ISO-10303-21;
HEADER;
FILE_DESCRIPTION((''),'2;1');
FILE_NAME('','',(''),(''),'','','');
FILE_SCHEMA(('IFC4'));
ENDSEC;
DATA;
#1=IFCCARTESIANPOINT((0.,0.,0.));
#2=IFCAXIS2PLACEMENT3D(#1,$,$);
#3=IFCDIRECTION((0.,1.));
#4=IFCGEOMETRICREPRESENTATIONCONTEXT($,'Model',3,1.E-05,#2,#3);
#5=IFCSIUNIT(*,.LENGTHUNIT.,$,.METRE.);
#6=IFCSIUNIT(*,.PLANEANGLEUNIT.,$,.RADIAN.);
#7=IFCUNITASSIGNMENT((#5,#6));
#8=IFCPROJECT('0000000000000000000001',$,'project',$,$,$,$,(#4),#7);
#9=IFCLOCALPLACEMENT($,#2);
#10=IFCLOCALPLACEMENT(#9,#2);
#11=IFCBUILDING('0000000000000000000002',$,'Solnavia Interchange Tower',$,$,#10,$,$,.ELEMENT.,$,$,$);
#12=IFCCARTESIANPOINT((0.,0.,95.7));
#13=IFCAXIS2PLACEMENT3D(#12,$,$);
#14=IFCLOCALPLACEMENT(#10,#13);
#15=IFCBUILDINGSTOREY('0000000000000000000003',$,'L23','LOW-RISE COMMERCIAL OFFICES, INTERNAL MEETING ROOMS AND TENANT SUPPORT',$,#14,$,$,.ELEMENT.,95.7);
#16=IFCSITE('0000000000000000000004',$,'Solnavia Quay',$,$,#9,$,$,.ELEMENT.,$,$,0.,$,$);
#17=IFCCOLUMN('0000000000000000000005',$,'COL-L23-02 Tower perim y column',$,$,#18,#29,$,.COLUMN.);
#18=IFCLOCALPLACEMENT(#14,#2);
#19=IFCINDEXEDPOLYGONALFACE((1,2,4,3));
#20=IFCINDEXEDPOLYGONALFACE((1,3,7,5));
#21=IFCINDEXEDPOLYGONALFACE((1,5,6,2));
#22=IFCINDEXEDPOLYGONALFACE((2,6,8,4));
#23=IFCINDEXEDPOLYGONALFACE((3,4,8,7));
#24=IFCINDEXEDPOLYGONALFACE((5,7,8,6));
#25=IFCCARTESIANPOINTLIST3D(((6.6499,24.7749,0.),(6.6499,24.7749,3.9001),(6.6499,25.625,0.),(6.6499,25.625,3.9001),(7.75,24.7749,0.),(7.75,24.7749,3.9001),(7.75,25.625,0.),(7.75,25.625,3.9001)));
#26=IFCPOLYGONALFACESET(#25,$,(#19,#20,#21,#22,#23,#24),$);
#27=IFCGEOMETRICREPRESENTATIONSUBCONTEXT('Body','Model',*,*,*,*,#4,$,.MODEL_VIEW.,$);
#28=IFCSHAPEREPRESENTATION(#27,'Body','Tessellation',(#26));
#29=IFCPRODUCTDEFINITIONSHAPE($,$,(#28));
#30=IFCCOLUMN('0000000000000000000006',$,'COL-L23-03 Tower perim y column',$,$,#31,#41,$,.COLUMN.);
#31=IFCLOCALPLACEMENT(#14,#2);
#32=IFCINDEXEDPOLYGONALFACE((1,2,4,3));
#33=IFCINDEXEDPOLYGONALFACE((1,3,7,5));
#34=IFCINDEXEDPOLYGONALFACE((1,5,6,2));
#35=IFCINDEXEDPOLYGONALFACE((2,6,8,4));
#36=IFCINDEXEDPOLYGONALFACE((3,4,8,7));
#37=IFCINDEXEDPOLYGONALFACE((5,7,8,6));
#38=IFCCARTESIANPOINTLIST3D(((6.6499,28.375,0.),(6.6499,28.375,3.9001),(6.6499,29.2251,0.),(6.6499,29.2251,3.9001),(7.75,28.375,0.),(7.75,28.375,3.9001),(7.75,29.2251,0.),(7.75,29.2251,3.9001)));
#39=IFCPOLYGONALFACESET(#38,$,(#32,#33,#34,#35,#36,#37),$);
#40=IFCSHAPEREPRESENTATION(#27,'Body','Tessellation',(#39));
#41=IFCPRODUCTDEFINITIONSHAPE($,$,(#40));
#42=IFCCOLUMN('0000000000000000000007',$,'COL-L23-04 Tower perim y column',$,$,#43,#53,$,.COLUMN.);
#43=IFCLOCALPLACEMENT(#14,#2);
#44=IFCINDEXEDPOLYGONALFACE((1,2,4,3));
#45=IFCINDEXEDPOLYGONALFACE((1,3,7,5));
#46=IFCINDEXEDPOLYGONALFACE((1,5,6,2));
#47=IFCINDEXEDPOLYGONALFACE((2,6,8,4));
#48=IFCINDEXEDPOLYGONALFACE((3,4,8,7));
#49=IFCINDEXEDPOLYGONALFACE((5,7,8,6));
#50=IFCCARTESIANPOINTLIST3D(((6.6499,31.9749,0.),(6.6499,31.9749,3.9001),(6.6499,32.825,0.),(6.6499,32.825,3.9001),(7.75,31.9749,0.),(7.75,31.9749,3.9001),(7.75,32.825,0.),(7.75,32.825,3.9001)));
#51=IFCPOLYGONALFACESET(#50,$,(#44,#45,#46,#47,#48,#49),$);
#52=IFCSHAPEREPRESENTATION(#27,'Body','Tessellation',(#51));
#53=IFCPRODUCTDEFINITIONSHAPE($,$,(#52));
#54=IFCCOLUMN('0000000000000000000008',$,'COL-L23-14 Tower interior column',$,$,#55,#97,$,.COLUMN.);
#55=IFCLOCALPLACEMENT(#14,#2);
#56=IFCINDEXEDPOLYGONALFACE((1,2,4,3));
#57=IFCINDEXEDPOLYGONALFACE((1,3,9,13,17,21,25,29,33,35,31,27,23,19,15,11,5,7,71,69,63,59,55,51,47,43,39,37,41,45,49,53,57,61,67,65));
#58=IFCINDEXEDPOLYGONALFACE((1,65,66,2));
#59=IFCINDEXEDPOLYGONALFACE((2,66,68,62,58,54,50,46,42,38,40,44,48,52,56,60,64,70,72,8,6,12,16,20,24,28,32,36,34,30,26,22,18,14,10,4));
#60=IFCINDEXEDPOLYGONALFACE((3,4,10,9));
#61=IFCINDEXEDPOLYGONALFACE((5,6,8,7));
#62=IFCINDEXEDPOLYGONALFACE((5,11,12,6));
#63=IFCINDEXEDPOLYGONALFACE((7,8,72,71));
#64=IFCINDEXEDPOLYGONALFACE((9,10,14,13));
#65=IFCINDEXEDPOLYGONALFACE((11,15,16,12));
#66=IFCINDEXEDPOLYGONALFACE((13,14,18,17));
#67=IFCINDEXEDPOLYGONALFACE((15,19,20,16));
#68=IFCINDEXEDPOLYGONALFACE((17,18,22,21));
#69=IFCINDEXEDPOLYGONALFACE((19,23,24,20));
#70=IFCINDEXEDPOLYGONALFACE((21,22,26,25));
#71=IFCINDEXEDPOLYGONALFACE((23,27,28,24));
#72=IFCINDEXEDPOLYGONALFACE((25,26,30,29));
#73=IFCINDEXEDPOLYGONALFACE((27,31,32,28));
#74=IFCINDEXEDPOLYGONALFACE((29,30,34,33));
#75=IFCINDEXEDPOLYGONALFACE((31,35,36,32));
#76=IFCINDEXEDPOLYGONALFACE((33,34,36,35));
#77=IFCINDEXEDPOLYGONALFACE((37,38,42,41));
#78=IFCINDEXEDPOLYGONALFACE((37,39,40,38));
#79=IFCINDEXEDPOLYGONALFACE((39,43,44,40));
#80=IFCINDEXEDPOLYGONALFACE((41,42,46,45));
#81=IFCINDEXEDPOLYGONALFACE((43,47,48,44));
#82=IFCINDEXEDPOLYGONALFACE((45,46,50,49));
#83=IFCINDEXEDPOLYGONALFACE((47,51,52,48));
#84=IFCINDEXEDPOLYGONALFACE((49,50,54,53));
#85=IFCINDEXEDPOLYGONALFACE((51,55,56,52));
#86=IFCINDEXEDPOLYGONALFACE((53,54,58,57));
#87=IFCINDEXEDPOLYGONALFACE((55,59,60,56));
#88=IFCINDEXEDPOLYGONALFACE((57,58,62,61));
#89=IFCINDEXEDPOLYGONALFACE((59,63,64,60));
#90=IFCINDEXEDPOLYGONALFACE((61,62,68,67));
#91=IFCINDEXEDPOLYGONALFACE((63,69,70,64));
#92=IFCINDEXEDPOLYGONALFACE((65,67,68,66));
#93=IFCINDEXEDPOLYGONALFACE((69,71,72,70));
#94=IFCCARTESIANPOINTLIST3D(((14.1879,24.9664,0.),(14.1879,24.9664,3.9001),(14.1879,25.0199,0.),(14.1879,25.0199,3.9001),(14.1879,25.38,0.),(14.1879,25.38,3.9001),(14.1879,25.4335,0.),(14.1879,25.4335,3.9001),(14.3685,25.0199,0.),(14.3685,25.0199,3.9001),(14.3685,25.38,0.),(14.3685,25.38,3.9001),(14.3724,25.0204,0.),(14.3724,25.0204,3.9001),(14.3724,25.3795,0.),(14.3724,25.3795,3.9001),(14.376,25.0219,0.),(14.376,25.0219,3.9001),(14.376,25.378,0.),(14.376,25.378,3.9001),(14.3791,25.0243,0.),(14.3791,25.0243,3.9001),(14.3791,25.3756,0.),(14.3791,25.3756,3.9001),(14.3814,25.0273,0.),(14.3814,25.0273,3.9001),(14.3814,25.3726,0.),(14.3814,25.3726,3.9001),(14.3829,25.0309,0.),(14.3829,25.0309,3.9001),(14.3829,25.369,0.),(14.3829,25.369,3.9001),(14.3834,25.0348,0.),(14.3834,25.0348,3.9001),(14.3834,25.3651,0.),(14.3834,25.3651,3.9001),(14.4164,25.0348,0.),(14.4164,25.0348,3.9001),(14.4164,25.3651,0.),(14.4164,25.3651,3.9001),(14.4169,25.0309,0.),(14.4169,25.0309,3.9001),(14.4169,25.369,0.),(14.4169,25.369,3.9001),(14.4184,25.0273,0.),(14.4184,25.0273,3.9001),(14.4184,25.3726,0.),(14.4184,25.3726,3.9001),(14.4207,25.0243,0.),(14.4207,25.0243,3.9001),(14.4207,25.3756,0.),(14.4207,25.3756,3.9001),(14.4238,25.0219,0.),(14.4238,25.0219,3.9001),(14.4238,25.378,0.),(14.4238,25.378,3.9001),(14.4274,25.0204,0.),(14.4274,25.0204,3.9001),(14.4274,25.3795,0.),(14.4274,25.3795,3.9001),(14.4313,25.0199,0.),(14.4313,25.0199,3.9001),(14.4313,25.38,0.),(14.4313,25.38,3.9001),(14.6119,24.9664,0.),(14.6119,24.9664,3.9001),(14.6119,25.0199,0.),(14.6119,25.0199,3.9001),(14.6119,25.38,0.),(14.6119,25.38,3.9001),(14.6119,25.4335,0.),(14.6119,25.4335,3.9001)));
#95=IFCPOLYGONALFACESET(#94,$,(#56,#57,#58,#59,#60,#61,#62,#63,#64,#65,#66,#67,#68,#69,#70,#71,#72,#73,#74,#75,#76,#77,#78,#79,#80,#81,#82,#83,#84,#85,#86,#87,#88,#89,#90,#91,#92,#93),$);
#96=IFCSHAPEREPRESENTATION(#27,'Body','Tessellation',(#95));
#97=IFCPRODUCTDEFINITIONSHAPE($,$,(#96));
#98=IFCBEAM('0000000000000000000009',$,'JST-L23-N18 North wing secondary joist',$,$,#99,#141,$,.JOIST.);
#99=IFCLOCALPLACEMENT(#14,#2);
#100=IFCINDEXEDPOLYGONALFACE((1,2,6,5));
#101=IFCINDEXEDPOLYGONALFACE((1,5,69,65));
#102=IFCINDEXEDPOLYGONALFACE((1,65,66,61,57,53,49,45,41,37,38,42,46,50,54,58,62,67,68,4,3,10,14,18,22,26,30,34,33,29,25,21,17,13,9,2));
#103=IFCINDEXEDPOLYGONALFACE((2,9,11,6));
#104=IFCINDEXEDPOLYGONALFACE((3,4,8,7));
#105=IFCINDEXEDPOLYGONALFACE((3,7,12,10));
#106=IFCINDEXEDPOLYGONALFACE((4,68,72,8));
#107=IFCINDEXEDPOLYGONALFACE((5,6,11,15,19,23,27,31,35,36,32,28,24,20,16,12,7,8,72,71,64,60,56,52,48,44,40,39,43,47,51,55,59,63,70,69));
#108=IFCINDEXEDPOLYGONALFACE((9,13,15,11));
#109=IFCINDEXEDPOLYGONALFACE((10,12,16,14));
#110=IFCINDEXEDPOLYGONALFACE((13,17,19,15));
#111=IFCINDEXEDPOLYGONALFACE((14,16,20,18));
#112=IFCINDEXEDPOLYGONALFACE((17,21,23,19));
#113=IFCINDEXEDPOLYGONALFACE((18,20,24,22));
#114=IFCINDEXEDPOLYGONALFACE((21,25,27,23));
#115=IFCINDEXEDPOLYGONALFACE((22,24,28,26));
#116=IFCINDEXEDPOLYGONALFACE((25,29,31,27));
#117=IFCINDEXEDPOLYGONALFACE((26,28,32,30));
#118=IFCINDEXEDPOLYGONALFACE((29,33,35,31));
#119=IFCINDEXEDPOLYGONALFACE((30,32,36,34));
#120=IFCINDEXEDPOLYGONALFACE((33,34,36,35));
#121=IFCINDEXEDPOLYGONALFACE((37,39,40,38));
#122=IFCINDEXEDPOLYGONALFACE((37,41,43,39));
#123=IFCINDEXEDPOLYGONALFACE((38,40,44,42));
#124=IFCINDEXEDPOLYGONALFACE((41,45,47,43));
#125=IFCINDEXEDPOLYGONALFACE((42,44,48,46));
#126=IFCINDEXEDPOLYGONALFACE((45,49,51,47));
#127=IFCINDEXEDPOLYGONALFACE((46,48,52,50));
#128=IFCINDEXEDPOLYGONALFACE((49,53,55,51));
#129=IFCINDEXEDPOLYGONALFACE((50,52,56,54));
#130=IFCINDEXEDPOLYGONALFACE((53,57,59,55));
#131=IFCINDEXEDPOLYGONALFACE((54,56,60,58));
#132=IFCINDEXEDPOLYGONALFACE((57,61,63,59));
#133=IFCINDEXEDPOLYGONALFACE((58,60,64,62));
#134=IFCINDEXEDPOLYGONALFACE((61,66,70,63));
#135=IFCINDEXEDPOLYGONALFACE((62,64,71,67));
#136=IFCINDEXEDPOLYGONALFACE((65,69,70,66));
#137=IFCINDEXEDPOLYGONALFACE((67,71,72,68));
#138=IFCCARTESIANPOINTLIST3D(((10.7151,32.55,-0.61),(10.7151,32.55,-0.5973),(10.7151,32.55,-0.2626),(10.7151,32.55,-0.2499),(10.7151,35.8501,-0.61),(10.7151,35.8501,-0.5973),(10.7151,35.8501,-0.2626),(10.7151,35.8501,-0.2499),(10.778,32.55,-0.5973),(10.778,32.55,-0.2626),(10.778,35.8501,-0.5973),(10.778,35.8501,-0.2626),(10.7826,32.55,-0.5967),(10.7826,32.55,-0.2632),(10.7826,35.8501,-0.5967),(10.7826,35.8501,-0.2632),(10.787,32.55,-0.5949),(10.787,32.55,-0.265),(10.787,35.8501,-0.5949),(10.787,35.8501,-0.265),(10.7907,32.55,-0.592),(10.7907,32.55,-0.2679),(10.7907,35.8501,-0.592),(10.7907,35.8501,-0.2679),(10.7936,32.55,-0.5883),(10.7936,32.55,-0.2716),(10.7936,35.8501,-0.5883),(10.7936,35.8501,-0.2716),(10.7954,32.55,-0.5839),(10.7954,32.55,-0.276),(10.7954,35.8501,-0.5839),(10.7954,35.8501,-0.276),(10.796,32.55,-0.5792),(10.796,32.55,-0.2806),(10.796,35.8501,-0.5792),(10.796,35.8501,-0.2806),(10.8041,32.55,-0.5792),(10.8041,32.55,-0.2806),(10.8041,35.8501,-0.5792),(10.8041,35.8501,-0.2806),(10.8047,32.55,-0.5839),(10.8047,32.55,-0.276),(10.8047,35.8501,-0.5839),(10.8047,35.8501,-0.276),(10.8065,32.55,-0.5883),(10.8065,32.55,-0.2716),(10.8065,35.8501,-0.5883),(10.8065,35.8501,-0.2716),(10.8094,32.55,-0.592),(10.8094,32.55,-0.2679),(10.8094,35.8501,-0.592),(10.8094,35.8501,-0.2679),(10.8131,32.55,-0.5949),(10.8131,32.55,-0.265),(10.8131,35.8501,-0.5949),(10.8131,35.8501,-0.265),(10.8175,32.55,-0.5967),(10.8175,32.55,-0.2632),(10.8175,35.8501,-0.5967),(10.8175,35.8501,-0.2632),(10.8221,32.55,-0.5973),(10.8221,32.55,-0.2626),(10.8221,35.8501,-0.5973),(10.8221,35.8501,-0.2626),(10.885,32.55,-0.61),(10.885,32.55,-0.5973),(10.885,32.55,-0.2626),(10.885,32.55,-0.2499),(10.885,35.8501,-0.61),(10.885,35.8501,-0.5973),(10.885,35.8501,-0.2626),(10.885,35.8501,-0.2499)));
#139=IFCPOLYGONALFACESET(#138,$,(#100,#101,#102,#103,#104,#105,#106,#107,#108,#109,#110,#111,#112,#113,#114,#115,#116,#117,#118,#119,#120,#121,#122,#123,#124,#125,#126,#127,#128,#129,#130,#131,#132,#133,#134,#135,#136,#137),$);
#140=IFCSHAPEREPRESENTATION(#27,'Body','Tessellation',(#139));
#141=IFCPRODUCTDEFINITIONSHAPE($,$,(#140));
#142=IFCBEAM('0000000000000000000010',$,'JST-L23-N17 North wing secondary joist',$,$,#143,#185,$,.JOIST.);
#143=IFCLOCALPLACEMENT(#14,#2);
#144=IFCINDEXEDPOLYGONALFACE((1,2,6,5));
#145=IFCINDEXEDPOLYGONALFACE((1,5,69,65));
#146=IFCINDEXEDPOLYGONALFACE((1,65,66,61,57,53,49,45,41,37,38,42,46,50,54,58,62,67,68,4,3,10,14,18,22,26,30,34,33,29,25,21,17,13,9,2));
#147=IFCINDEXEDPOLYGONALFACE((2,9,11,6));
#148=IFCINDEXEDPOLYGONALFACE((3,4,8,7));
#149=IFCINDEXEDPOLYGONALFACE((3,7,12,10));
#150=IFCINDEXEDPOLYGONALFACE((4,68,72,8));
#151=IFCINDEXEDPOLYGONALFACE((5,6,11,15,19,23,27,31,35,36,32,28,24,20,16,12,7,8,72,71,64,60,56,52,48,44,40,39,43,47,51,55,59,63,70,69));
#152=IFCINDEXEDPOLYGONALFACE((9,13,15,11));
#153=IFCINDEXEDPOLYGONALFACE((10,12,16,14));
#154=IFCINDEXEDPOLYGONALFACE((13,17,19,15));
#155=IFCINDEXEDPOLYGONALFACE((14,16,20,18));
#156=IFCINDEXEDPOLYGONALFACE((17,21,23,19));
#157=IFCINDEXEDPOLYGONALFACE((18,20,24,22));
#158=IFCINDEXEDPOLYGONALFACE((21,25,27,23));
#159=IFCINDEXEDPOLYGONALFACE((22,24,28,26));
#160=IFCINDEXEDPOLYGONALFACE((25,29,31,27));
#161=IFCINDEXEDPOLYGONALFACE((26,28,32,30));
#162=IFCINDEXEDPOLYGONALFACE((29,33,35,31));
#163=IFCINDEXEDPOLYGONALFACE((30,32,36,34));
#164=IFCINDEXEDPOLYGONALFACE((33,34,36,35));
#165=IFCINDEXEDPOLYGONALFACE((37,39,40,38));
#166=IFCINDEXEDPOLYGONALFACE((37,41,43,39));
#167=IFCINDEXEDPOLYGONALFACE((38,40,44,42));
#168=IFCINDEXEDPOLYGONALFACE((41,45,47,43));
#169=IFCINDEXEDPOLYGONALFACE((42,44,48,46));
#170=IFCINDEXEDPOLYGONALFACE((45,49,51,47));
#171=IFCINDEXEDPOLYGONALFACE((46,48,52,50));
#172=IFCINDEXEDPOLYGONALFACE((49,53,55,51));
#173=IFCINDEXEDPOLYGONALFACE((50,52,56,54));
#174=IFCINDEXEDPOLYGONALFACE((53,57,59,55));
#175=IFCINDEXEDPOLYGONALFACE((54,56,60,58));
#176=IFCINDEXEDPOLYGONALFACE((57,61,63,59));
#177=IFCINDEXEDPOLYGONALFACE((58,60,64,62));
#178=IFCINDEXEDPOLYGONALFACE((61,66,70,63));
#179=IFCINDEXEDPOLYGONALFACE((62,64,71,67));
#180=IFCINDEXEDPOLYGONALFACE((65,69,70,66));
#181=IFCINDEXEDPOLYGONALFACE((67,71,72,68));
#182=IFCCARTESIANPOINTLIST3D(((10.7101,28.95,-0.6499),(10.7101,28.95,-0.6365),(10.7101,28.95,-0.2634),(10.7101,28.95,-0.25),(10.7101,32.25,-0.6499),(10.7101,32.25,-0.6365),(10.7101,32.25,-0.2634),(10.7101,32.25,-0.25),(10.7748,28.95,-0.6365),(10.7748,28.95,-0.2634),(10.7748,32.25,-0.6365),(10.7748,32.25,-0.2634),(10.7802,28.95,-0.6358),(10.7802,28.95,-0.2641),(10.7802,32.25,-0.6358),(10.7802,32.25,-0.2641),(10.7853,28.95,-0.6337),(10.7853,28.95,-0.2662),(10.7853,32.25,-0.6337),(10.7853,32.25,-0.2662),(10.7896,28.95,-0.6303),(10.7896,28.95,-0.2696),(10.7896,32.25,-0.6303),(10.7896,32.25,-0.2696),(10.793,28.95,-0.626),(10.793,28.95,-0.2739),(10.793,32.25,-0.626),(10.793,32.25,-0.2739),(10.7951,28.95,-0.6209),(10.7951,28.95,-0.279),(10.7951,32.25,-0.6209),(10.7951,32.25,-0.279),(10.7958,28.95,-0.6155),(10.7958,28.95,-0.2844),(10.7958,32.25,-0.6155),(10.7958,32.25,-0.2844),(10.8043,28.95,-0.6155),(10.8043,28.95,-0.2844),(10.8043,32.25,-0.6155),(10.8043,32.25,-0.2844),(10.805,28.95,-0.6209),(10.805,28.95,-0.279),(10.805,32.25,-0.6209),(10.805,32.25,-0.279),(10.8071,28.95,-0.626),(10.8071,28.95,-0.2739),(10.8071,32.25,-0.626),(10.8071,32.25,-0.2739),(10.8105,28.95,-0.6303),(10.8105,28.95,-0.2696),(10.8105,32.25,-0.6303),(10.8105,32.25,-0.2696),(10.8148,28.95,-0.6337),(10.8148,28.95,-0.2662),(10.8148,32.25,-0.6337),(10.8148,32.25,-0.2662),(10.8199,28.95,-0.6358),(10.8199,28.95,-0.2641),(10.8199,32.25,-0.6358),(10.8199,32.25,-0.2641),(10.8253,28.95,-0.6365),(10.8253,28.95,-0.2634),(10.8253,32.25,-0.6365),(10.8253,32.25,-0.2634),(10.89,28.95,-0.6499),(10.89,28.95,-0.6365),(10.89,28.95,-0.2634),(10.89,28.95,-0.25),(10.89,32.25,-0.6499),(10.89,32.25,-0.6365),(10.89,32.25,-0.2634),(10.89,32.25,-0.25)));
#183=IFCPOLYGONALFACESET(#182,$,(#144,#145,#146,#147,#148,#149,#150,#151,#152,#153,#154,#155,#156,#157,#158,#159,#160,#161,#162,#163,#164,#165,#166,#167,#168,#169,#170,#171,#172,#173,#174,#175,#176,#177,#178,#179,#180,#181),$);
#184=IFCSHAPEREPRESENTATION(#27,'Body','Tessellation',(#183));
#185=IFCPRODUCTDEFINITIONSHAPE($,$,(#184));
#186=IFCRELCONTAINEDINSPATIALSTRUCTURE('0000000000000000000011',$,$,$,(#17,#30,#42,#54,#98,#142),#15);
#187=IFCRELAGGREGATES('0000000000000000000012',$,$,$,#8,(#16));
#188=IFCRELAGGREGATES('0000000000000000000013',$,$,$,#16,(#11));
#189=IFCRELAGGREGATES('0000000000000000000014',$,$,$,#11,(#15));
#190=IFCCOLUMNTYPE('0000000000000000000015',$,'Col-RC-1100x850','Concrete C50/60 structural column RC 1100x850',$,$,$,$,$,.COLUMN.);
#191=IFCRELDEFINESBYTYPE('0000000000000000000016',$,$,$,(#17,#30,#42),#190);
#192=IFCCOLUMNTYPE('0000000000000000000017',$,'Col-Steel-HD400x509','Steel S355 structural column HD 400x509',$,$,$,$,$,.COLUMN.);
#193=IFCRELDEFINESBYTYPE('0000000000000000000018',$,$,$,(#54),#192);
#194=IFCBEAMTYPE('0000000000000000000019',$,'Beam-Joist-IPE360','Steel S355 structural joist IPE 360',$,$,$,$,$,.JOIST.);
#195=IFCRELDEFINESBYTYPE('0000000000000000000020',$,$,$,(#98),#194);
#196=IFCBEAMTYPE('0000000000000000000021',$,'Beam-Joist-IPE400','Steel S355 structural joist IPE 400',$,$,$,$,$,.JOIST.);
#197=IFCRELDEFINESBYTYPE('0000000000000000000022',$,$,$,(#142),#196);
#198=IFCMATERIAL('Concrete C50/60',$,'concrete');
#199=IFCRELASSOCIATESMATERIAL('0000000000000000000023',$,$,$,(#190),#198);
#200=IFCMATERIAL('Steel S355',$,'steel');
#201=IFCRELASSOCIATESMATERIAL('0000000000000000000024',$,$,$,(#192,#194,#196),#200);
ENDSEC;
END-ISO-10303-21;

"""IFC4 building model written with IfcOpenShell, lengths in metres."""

from ifc_helpers import new_model, si_unit, direction, frame, origin, origin_2d, place, context, subcontext, project, spatial, rectangle, i_section, extrude, material, material_profile, profile_set, type_object, element, save


model = new_model("IFC4")

# Units and contexts
model_context = context("Model", 3, precision=1e-05, world=origin(), true_north=direction((0.0, 1.0)))
body_context = subcontext(model_context, "Body", "Model", "MODEL_VIEW")
ifc_project = project(units=[si_unit("LENGTHUNIT", "METRE"), si_unit("PLANEANGLEUNIT", "RADIAN")], contexts=[model_context])

# Site, building, storey
site_placement = place(None, origin())
site = spatial("IfcSite", under=ifc_project, at=site_placement, Name="Solnavia Quay", CompositionType="ELEMENT", RefElevation=0.0)
building_placement = place(site_placement, origin())
building = spatial("IfcBuilding", under=site, at=building_placement, Name="Solnavia Interchange Tower", CompositionType="ELEMENT")
storey_placement = place(building_placement, frame((0.0, 0.0, 95.7)))
storey = spatial("IfcBuildingStorey", under=building, at=storey_placement, Name="L23", Description="LOW-RISE COMMERCIAL OFFICES, INTERNAL MEETING ROOMS AND TENANT SUPPORT", CompositionType="ELEMENT", Elevation=95.7)

# Columns
ifc_material_1 = material(Name="Concrete C50/60", Category="concrete")
ifc_material_profile_1 = material_profile(ifc_material_1, rectangle(XDim=0.8501, YDim=1.1001, at=origin_2d()), Name="RC 1100x850")
ifc_profile_set_1 = profile_set([ifc_material_profile_1], Name="Concrete C50/60")
column_type_1 = type_object("IfcColumnType", Name="Col-RC-1100x850", Description="Concrete C50/60 structural column RC 1100x850", PredefinedType="COLUMN", material=ifc_profile_set_1)
for number, where, z_axis, x_axis, name in (
    (1, (7.2, 25.2, 0.0), (0.0, 0.0, 1.0), (0.0, 1.0, 0.0), "COL-L23-02 Tower perim y column"),
    (2, (7.2, 28.8, 0.0), (0.0, 0.0, 1.0), (0.0, 1.0, 0.0), "COL-L23-03 Tower perim y column"),
    (3, (7.2, 32.3999, 0.0), (0.0, 0.0, 1.0), (0.0, 1.0, 0.0), "COL-L23-04 Tower perim y column"),
):
    element("IfcColumn", number, at=place(storey_placement, frame(where, z_axis=z_axis, x_axis=x_axis)), inside=storey, type_object=column_type_1, Name=name, PredefinedType="COLUMN", context=body_context, shape_type="SweptSolid", body=[
        extrude(rectangle(XDim=0.8501, YDim=1.1001, at=origin_2d()), origin(), (0.0, 0.0, 1.0), 3.9001),
    ])
ifc_material_2 = material(Name="Steel S355", Category="steel")
ifc_material_profile_2 = material_profile(ifc_material_2, i_section(OverallWidth=0.4241, OverallDepth=0.467, WebThickness=0.033, FlangeThickness=0.0535, FilletRadius=0.0149, at=origin_2d()), Name="HD 400x509")
ifc_profile_set_2 = profile_set([ifc_material_profile_2], Name="Steel S355")
column_type_2 = type_object("IfcColumnType", Name="Col-Steel-HD400x509", Description="Steel S355 structural column HD 400x509", PredefinedType="COLUMN", material=ifc_profile_set_2)
column_placement = place(storey_placement, frame((14.3999, 25.2, 0.0), z_axis=(0.0, 0.0, 1.0), x_axis=(1.0, 0.0, 0.0)))
element("IfcColumn", 4, at=column_placement, inside=storey, type_object=column_type_2, Name="COL-L23-14 Tower interior column", PredefinedType="COLUMN", context=body_context, shape_type="SweptSolid", body=[
    extrude(i_section(OverallWidth=0.4241, OverallDepth=0.467, WebThickness=0.033, FlangeThickness=0.0535, FilletRadius=0.0149, at=origin_2d()), origin(), (0.0, 0.0, 1.0), 3.9001),
])

# Beams
ifc_material_profile_3 = material_profile(ifc_material_2, i_section(OverallWidth=0.1699, OverallDepth=0.3601, WebThickness=0.0081, FlangeThickness=0.0127, FilletRadius=0.0181, at=origin_2d()), Name="IPE 360")
ifc_profile_set_3 = profile_set([ifc_material_profile_3], Name="Steel S355")
beam_type_1 = type_object("IfcBeamType", Name="Beam-Joist-IPE360", Description="Steel S355 structural joist IPE 360", PredefinedType="JOIST", material=ifc_profile_set_3)
beam_1_placement = place(storey_placement, frame((10.8, 32.55, -0.4299), z_axis=(0.0, 1.0, 0.0), x_axis=(-1.0, 0.0, 0.0)))
element("IfcBeam", 5, at=beam_1_placement, inside=storey, type_object=beam_type_1, Name="JST-L23-N18 North wing secondary joist", PredefinedType="JOIST", context=body_context, shape_type="SweptSolid", body=[
    extrude(i_section(OverallWidth=0.1699, OverallDepth=0.3601, WebThickness=0.0081, FlangeThickness=0.0127, FilletRadius=0.0181, at=origin_2d()), origin(), (0.0, 0.0, 1.0), 3.3),
])
ifc_material_profile_4 = material_profile(ifc_material_2, i_section(OverallWidth=0.1799, OverallDepth=0.3999, WebThickness=0.0085, FlangeThickness=0.0134, FilletRadius=0.021, at=origin_2d()), Name="IPE 400")
ifc_profile_set_4 = profile_set([ifc_material_profile_4], Name="Steel S355")
beam_type_2 = type_object("IfcBeamType", Name="Beam-Joist-IPE400", Description="Steel S355 structural joist IPE 400", PredefinedType="JOIST", material=ifc_profile_set_4)
beam_2_placement = place(storey_placement, frame((10.8, 28.95, -0.45), z_axis=(0.0, 1.0, 0.0), x_axis=(-1.0, 0.0, 0.0)))
element("IfcBeam", 6, at=beam_2_placement, inside=storey, type_object=beam_type_2, Name="JST-L23-N17 North wing secondary joist", PredefinedType="JOIST", context=body_context, shape_type="SweptSolid", body=[
    extrude(i_section(OverallWidth=0.1799, OverallDepth=0.3999, WebThickness=0.0085, FlangeThickness=0.0134, FilletRadius=0.021, at=origin_2d()), origin(), (0.0, 0.0, 1.0), 3.3),
])

save(model, "model.ifc")
